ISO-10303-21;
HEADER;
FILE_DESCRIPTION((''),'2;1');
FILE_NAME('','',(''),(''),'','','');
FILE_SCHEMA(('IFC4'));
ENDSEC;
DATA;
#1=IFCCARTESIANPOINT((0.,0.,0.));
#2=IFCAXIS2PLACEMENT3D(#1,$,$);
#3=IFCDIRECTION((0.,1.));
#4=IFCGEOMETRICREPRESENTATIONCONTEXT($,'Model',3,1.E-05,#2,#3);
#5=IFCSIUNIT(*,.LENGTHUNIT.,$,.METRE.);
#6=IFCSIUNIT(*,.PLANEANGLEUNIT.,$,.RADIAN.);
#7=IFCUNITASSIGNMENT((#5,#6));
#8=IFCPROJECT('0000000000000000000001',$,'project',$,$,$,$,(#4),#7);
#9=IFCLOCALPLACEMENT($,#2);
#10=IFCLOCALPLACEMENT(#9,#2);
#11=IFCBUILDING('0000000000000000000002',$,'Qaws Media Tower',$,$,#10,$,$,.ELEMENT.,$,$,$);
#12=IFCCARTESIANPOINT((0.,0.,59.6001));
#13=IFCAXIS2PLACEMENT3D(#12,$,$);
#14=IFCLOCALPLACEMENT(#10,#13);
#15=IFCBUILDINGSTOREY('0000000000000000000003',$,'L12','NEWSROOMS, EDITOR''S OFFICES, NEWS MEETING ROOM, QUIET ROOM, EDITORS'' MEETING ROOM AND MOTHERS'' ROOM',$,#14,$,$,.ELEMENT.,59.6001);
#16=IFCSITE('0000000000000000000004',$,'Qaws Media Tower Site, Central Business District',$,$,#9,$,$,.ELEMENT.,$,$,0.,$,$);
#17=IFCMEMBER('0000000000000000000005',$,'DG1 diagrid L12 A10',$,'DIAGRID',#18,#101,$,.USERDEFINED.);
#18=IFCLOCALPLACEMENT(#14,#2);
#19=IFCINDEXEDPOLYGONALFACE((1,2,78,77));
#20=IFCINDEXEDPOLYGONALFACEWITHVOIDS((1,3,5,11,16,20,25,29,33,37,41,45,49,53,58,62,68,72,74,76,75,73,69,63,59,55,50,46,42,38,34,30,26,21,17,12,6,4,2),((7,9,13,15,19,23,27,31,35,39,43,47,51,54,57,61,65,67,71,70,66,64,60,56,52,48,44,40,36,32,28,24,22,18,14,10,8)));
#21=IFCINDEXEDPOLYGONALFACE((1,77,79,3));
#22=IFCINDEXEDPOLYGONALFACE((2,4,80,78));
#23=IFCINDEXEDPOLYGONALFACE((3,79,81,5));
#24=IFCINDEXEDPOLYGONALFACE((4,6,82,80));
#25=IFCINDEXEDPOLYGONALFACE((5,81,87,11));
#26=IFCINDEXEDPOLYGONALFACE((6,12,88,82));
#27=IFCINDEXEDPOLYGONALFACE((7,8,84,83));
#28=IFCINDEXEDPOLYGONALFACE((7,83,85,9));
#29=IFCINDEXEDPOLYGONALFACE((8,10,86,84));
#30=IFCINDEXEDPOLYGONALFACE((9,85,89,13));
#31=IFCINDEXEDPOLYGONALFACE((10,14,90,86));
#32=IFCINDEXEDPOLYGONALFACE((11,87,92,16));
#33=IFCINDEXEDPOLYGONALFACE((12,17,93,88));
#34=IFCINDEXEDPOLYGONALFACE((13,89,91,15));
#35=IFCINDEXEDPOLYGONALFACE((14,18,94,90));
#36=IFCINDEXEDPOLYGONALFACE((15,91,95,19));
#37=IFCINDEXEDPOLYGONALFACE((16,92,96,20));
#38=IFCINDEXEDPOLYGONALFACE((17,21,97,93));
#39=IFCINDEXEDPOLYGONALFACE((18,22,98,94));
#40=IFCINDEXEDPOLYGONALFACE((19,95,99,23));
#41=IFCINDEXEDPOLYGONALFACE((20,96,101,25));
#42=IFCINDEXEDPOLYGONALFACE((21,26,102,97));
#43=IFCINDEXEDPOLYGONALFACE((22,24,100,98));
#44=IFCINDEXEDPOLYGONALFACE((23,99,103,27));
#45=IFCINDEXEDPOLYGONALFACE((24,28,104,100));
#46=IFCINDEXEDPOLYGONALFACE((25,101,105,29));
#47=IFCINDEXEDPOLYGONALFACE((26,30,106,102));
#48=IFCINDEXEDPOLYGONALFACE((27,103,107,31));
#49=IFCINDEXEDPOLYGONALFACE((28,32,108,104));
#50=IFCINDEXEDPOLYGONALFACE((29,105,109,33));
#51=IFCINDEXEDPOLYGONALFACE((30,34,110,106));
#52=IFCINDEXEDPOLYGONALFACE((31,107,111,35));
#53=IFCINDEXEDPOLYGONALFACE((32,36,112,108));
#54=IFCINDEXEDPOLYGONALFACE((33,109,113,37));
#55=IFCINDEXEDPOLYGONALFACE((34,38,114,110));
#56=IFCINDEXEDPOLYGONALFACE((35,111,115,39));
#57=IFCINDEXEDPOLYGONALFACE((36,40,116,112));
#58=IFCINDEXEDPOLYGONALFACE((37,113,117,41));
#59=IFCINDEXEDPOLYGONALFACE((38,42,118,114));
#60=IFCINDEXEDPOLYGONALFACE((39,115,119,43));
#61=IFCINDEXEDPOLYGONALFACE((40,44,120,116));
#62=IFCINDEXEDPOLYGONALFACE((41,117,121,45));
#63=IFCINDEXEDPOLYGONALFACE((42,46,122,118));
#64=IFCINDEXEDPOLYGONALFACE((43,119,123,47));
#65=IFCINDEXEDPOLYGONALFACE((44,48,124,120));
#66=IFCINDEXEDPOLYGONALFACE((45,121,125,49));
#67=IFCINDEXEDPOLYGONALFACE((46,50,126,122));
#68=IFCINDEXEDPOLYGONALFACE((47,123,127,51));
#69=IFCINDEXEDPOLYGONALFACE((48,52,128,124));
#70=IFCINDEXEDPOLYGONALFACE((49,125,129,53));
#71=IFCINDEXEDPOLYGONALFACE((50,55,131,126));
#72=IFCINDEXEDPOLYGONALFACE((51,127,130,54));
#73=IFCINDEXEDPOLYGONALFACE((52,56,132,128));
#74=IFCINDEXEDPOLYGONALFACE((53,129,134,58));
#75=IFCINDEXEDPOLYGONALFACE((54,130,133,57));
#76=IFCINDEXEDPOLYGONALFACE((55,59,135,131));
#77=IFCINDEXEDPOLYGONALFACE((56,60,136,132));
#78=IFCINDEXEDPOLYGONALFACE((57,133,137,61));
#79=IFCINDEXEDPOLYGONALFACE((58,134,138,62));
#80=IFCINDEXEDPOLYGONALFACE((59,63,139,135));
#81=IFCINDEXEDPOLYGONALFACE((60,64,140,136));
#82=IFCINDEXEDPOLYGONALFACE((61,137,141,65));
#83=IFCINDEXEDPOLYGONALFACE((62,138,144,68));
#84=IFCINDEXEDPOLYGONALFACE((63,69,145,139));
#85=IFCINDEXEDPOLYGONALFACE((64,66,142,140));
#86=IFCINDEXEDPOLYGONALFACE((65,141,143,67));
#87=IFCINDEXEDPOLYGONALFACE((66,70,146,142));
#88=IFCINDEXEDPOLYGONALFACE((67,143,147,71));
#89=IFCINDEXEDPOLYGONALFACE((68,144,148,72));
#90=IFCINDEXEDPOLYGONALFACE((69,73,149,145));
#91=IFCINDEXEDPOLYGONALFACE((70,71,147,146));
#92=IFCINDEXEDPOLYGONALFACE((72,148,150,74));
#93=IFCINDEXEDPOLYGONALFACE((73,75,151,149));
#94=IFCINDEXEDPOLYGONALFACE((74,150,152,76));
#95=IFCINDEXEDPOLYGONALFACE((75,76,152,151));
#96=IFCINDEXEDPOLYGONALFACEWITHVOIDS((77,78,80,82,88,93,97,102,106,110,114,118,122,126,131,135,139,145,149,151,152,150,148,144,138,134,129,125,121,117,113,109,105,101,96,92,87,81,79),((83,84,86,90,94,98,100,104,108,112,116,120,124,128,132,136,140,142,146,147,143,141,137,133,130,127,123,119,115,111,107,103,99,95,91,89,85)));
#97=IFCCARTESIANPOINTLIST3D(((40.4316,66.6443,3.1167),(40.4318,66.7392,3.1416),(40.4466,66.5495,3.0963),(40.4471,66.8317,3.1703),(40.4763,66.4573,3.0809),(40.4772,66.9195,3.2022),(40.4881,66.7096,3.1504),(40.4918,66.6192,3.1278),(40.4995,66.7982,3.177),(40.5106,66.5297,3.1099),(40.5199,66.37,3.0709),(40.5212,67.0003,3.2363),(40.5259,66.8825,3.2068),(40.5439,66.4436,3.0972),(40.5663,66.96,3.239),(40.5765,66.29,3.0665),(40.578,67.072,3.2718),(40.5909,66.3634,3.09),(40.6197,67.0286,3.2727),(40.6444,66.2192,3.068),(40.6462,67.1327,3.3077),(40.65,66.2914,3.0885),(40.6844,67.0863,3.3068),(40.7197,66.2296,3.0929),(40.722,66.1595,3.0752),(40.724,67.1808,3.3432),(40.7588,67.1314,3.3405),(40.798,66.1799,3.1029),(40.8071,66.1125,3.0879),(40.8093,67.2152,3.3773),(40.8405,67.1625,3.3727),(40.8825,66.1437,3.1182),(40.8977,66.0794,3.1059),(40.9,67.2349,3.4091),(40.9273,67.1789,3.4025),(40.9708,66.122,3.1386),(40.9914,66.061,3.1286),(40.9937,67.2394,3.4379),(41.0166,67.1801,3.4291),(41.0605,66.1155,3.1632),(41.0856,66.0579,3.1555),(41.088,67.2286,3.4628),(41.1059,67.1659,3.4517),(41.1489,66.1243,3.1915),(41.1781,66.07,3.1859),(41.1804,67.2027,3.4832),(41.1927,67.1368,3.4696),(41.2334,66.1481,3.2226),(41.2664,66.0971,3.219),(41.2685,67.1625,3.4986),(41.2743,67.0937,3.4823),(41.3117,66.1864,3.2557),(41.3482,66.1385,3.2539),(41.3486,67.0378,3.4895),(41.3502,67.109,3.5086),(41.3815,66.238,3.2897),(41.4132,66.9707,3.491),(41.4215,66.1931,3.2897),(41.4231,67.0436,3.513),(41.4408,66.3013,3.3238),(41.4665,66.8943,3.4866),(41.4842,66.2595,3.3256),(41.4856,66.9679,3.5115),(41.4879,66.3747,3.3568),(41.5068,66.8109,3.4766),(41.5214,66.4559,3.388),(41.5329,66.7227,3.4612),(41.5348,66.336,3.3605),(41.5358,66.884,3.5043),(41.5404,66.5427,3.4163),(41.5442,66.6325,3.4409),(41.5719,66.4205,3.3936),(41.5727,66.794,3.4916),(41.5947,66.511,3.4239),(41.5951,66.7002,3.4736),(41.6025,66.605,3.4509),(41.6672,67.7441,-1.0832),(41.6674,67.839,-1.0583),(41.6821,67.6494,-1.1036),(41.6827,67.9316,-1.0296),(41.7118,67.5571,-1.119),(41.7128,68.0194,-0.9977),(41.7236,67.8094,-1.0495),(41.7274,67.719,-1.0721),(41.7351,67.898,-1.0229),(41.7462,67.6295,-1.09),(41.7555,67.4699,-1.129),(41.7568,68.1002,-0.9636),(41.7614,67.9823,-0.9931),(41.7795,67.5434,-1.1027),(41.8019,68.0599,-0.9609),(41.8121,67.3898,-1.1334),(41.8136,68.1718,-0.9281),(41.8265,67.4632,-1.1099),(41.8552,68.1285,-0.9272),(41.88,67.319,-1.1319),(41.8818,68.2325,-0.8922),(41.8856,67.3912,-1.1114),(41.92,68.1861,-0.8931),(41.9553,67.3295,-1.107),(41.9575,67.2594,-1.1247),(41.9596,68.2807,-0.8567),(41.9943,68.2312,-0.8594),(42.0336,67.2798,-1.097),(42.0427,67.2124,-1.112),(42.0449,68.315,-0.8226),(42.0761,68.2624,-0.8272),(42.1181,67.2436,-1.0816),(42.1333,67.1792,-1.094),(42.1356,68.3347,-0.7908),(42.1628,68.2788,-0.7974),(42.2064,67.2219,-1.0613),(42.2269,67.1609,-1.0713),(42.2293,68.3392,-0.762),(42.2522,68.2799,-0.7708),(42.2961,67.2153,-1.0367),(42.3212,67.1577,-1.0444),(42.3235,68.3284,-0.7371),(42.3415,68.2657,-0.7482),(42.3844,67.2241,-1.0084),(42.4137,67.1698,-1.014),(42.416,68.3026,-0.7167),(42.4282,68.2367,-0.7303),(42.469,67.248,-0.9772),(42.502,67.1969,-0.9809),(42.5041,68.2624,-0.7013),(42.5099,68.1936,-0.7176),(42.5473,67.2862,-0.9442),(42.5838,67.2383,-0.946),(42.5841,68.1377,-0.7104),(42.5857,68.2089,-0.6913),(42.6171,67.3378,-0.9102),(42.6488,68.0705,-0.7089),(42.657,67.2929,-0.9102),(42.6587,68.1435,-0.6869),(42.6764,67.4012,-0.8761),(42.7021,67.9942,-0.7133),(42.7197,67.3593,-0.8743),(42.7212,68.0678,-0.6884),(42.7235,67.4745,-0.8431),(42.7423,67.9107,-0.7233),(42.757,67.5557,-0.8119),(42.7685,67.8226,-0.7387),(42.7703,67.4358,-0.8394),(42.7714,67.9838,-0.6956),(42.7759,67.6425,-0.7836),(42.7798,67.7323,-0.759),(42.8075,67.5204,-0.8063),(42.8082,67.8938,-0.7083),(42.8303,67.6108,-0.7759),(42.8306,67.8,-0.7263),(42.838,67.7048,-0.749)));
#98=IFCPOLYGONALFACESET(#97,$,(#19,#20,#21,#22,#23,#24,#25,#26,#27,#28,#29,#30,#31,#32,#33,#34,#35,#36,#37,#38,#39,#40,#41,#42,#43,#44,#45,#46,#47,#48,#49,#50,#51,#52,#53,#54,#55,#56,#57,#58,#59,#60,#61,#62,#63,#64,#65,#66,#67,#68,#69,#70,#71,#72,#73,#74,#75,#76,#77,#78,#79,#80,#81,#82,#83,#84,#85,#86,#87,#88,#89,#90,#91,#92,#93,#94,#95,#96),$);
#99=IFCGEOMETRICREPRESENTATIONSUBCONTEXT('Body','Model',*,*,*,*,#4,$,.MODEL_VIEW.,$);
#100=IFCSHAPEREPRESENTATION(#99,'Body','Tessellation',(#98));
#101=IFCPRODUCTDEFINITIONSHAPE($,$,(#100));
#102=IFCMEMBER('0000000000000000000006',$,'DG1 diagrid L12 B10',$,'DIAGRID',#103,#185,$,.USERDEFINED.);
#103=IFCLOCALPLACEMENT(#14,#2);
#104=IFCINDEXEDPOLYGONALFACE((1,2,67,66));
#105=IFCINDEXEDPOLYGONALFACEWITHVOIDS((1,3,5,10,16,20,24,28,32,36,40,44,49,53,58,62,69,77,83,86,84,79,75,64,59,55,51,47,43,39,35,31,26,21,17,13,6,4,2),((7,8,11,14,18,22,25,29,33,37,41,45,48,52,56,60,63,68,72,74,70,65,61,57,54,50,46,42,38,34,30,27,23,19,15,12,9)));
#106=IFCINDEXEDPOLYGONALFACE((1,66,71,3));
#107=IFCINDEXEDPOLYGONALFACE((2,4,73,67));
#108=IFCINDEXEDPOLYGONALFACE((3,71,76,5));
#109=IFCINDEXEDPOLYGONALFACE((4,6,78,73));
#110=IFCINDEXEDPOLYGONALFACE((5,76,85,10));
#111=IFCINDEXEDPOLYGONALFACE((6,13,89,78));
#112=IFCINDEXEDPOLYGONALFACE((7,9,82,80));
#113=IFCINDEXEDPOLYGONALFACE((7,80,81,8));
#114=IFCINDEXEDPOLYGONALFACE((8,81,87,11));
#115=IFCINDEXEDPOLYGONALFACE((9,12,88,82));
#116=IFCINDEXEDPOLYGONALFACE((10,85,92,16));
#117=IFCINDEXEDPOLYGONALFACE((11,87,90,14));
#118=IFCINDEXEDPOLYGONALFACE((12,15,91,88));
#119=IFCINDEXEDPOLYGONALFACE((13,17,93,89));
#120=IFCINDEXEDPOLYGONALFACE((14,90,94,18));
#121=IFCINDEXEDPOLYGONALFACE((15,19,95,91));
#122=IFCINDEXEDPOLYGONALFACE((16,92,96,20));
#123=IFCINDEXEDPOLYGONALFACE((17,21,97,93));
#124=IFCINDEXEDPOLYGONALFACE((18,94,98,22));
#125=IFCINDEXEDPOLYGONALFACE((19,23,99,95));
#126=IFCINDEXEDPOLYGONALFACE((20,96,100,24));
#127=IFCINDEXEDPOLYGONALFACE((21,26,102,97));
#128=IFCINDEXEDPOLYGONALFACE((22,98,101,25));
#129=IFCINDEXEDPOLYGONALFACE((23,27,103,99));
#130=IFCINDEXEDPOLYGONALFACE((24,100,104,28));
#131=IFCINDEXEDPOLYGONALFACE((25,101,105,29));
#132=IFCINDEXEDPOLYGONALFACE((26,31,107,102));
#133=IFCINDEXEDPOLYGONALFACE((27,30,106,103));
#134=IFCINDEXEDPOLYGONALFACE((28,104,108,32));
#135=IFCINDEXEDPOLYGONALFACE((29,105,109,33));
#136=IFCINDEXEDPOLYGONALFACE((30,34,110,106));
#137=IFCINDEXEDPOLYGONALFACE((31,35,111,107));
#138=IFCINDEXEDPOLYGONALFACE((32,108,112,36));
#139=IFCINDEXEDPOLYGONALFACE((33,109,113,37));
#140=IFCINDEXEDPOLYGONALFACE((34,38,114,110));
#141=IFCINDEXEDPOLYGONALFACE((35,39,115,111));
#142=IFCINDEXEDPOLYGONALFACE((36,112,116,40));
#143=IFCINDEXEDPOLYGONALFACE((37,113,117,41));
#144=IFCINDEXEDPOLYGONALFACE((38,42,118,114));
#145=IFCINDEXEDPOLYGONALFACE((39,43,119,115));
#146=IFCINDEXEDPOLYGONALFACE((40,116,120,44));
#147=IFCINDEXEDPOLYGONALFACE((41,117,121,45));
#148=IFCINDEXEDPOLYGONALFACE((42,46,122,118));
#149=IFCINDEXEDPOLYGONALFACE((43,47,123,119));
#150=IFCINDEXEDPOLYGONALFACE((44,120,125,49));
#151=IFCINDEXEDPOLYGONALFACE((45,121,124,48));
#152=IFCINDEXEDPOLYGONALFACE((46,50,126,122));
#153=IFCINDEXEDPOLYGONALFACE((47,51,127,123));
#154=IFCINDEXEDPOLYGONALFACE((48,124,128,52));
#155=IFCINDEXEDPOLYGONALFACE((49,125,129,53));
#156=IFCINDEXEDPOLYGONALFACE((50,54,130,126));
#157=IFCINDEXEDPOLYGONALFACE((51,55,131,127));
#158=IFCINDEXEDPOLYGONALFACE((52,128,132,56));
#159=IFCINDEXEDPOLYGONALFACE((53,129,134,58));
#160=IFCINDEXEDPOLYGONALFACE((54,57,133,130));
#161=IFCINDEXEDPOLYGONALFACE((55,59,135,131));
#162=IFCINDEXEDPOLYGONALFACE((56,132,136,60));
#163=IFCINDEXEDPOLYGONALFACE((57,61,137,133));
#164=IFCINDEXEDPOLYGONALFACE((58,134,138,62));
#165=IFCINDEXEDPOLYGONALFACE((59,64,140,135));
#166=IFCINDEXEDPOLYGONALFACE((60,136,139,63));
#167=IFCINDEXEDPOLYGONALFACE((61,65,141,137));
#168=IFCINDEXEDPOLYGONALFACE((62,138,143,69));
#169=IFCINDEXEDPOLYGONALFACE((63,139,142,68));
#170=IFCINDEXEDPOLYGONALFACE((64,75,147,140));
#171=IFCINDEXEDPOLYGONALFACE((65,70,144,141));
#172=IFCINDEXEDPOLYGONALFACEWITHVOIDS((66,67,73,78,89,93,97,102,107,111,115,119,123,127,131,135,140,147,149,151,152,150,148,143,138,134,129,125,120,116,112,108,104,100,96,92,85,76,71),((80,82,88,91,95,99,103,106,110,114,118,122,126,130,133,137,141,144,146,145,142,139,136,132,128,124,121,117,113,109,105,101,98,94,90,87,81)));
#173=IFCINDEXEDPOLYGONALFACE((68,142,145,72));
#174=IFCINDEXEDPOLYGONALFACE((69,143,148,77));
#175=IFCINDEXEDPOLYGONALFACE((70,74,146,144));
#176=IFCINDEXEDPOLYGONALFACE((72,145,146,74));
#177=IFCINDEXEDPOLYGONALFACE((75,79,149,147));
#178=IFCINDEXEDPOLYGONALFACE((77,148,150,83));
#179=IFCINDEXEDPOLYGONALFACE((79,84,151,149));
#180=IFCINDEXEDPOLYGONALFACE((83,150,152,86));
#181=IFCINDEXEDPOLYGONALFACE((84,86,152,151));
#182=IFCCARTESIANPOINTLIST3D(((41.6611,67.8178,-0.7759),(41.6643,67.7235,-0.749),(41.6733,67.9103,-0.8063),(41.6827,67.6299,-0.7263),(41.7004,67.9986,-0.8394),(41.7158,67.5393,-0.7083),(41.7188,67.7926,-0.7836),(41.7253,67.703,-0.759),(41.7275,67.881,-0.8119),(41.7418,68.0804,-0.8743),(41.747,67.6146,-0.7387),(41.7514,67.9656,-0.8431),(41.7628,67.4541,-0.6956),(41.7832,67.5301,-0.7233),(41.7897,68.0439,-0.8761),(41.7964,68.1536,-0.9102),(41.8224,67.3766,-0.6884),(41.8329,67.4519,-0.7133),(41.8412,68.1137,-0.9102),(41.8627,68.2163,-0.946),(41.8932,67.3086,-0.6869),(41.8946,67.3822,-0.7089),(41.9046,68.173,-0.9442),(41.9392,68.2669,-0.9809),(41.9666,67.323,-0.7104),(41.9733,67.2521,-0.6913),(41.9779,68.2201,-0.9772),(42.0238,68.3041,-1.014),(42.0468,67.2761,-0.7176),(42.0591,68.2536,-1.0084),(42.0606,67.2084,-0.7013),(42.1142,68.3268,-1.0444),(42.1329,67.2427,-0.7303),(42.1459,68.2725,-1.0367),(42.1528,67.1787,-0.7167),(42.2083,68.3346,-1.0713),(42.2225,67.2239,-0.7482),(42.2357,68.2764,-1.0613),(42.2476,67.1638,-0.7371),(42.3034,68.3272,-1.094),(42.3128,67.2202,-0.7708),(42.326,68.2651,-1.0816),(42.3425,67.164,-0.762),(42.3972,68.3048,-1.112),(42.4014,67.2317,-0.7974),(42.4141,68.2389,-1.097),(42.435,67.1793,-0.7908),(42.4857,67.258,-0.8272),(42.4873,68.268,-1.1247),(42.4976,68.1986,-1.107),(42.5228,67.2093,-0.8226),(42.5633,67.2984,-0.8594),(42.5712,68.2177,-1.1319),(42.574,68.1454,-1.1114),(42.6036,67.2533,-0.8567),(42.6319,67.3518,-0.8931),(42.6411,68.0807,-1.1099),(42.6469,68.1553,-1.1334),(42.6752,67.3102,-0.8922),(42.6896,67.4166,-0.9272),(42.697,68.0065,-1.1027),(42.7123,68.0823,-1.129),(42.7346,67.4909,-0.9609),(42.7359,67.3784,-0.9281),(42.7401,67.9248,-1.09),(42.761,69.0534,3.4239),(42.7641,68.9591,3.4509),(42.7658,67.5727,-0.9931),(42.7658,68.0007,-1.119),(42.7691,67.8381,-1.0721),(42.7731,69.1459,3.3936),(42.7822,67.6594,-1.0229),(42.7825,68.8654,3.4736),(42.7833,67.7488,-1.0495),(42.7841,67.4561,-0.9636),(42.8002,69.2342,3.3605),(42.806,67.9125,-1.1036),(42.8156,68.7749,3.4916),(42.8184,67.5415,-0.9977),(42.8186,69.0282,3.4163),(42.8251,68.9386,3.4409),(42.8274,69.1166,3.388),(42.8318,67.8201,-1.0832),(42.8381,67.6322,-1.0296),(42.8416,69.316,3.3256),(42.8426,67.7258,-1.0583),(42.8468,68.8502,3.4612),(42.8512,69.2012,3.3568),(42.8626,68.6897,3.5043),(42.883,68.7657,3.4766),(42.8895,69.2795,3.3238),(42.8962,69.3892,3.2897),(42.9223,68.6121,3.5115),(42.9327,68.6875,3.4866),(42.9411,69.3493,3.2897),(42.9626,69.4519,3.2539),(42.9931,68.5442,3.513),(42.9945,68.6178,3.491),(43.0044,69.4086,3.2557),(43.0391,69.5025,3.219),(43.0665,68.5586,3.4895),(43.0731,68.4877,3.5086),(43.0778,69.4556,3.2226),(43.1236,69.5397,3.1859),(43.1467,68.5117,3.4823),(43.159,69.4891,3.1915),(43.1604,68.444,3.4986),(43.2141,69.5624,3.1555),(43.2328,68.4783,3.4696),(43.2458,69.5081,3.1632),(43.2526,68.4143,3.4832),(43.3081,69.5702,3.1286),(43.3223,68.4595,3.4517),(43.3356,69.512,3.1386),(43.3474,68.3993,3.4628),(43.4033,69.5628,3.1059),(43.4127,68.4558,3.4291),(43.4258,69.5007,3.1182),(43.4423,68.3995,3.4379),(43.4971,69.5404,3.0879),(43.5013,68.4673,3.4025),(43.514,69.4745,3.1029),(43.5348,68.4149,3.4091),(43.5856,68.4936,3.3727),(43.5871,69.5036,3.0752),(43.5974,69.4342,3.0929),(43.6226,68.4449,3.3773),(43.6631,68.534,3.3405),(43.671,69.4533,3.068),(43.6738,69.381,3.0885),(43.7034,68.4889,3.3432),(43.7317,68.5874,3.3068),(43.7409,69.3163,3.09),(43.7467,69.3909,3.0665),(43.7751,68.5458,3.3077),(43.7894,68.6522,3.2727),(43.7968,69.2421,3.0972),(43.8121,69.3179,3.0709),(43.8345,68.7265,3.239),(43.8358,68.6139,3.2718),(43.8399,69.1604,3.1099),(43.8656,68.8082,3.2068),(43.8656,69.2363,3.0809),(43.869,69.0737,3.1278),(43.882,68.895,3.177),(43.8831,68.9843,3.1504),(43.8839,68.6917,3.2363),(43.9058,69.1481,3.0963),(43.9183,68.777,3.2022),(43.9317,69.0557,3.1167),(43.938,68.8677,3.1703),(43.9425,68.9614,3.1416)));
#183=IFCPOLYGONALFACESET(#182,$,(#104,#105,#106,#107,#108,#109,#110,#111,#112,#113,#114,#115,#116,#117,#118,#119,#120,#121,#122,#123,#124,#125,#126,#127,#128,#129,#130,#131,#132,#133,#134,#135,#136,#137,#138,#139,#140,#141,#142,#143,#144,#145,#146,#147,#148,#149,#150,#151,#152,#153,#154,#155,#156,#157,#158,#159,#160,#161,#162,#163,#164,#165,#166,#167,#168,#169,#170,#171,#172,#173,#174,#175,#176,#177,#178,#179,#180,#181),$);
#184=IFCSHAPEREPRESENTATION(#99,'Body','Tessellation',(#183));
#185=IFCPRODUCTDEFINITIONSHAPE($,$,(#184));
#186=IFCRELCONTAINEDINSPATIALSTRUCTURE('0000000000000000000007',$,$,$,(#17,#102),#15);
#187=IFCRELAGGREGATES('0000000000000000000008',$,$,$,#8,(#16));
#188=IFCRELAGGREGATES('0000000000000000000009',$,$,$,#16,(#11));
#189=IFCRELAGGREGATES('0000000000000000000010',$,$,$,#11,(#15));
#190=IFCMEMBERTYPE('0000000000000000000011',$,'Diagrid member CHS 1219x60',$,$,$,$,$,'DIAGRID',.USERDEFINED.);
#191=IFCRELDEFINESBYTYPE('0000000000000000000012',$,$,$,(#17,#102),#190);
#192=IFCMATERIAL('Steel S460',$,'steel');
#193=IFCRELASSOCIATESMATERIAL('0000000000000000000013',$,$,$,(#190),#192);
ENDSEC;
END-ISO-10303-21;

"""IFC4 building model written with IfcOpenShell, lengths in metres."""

from ifc_helpers import new_model, si_unit, direction, frame, origin, origin_2d, place, context, subcontext, project, spatial, hollow_circle, extrude, material, material_profile, profile_set, type_object, element, save


model = new_model("IFC4")

# Units and contexts
model_context = context("Model", 3, precision=1e-05, world=origin(), true_north=direction((0.0, 1.0)))
body_context = subcontext(model_context, "Body", "Model", "MODEL_VIEW")
ifc_project = project(units=[si_unit("LENGTHUNIT", "METRE"), si_unit("PLANEANGLEUNIT", "RADIAN")], contexts=[model_context])

# Site, building, storey
site_placement = place(None, origin())
site = spatial("IfcSite", under=ifc_project, at=site_placement, Name="Qaws Media Tower Site, Central Business District", CompositionType="ELEMENT", RefElevation=0.0)
building_placement = place(site_placement, origin())
building = spatial("IfcBuilding", under=site, at=building_placement, Name="Qaws Media Tower", CompositionType="ELEMENT")
storey_placement = place(building_placement, frame((0.0, 0.0, 59.6001)))
storey = spatial("IfcBuildingStorey", under=building, at=storey_placement, Name="L12", Description="NEWSROOMS, EDITOR'S OFFICES, NEWS MEETING ROOM, QUIET ROOM, EDITORS' MEETING ROOM AND MOTHERS' ROOM", CompositionType="ELEMENT", Elevation=59.6001)

# Members
ifc_material_1 = material(Name="Steel S460", Category="steel")
ifc_material_profile_1 = material_profile(ifc_material_1, hollow_circle(Radius=0.6096, WallThickness=0.0601, at=origin_2d()), Name="CHS 1219x60")
ifc_profile_set_1 = profile_set([ifc_material_profile_1], Name="Steel S460")
member_type_1 = type_object("IfcMemberType", Name="Diagrid member CHS 1219x60", ElementType="DIAGRID", PredefinedType="USERDEFINED", material=ifc_profile_set_1)
for number, where, z_axis, x_axis, name in (
    (1, (42.2517, 67.7483, -0.9102), (-0.273727, -0.243655, 0.930433), (0.664886, -0.746945, 0.0), "DG1 diagrid L12 A10"),
    (2, (42.2517, 67.7483, -0.9102), (0.243655, 0.273727, 0.930433), (-0.746945, 0.664886, 0.0), "DG1 diagrid L12 B10"),
):
    element("IfcMember", number, at=place(storey_placement, frame(where, z_axis=z_axis, x_axis=x_axis)), inside=storey, type_object=member_type_1, Name=name, ObjectType="DIAGRID", PredefinedType="USERDEFINED", context=body_context, shape_type="SweptSolid", body=[
        extrude(hollow_circle(Radius=0.6096, WallThickness=0.0601, at=origin_2d()), origin(), (0.0, 0.0, 1.0), 4.5139),
    ])

save(model, "model.ifc")
